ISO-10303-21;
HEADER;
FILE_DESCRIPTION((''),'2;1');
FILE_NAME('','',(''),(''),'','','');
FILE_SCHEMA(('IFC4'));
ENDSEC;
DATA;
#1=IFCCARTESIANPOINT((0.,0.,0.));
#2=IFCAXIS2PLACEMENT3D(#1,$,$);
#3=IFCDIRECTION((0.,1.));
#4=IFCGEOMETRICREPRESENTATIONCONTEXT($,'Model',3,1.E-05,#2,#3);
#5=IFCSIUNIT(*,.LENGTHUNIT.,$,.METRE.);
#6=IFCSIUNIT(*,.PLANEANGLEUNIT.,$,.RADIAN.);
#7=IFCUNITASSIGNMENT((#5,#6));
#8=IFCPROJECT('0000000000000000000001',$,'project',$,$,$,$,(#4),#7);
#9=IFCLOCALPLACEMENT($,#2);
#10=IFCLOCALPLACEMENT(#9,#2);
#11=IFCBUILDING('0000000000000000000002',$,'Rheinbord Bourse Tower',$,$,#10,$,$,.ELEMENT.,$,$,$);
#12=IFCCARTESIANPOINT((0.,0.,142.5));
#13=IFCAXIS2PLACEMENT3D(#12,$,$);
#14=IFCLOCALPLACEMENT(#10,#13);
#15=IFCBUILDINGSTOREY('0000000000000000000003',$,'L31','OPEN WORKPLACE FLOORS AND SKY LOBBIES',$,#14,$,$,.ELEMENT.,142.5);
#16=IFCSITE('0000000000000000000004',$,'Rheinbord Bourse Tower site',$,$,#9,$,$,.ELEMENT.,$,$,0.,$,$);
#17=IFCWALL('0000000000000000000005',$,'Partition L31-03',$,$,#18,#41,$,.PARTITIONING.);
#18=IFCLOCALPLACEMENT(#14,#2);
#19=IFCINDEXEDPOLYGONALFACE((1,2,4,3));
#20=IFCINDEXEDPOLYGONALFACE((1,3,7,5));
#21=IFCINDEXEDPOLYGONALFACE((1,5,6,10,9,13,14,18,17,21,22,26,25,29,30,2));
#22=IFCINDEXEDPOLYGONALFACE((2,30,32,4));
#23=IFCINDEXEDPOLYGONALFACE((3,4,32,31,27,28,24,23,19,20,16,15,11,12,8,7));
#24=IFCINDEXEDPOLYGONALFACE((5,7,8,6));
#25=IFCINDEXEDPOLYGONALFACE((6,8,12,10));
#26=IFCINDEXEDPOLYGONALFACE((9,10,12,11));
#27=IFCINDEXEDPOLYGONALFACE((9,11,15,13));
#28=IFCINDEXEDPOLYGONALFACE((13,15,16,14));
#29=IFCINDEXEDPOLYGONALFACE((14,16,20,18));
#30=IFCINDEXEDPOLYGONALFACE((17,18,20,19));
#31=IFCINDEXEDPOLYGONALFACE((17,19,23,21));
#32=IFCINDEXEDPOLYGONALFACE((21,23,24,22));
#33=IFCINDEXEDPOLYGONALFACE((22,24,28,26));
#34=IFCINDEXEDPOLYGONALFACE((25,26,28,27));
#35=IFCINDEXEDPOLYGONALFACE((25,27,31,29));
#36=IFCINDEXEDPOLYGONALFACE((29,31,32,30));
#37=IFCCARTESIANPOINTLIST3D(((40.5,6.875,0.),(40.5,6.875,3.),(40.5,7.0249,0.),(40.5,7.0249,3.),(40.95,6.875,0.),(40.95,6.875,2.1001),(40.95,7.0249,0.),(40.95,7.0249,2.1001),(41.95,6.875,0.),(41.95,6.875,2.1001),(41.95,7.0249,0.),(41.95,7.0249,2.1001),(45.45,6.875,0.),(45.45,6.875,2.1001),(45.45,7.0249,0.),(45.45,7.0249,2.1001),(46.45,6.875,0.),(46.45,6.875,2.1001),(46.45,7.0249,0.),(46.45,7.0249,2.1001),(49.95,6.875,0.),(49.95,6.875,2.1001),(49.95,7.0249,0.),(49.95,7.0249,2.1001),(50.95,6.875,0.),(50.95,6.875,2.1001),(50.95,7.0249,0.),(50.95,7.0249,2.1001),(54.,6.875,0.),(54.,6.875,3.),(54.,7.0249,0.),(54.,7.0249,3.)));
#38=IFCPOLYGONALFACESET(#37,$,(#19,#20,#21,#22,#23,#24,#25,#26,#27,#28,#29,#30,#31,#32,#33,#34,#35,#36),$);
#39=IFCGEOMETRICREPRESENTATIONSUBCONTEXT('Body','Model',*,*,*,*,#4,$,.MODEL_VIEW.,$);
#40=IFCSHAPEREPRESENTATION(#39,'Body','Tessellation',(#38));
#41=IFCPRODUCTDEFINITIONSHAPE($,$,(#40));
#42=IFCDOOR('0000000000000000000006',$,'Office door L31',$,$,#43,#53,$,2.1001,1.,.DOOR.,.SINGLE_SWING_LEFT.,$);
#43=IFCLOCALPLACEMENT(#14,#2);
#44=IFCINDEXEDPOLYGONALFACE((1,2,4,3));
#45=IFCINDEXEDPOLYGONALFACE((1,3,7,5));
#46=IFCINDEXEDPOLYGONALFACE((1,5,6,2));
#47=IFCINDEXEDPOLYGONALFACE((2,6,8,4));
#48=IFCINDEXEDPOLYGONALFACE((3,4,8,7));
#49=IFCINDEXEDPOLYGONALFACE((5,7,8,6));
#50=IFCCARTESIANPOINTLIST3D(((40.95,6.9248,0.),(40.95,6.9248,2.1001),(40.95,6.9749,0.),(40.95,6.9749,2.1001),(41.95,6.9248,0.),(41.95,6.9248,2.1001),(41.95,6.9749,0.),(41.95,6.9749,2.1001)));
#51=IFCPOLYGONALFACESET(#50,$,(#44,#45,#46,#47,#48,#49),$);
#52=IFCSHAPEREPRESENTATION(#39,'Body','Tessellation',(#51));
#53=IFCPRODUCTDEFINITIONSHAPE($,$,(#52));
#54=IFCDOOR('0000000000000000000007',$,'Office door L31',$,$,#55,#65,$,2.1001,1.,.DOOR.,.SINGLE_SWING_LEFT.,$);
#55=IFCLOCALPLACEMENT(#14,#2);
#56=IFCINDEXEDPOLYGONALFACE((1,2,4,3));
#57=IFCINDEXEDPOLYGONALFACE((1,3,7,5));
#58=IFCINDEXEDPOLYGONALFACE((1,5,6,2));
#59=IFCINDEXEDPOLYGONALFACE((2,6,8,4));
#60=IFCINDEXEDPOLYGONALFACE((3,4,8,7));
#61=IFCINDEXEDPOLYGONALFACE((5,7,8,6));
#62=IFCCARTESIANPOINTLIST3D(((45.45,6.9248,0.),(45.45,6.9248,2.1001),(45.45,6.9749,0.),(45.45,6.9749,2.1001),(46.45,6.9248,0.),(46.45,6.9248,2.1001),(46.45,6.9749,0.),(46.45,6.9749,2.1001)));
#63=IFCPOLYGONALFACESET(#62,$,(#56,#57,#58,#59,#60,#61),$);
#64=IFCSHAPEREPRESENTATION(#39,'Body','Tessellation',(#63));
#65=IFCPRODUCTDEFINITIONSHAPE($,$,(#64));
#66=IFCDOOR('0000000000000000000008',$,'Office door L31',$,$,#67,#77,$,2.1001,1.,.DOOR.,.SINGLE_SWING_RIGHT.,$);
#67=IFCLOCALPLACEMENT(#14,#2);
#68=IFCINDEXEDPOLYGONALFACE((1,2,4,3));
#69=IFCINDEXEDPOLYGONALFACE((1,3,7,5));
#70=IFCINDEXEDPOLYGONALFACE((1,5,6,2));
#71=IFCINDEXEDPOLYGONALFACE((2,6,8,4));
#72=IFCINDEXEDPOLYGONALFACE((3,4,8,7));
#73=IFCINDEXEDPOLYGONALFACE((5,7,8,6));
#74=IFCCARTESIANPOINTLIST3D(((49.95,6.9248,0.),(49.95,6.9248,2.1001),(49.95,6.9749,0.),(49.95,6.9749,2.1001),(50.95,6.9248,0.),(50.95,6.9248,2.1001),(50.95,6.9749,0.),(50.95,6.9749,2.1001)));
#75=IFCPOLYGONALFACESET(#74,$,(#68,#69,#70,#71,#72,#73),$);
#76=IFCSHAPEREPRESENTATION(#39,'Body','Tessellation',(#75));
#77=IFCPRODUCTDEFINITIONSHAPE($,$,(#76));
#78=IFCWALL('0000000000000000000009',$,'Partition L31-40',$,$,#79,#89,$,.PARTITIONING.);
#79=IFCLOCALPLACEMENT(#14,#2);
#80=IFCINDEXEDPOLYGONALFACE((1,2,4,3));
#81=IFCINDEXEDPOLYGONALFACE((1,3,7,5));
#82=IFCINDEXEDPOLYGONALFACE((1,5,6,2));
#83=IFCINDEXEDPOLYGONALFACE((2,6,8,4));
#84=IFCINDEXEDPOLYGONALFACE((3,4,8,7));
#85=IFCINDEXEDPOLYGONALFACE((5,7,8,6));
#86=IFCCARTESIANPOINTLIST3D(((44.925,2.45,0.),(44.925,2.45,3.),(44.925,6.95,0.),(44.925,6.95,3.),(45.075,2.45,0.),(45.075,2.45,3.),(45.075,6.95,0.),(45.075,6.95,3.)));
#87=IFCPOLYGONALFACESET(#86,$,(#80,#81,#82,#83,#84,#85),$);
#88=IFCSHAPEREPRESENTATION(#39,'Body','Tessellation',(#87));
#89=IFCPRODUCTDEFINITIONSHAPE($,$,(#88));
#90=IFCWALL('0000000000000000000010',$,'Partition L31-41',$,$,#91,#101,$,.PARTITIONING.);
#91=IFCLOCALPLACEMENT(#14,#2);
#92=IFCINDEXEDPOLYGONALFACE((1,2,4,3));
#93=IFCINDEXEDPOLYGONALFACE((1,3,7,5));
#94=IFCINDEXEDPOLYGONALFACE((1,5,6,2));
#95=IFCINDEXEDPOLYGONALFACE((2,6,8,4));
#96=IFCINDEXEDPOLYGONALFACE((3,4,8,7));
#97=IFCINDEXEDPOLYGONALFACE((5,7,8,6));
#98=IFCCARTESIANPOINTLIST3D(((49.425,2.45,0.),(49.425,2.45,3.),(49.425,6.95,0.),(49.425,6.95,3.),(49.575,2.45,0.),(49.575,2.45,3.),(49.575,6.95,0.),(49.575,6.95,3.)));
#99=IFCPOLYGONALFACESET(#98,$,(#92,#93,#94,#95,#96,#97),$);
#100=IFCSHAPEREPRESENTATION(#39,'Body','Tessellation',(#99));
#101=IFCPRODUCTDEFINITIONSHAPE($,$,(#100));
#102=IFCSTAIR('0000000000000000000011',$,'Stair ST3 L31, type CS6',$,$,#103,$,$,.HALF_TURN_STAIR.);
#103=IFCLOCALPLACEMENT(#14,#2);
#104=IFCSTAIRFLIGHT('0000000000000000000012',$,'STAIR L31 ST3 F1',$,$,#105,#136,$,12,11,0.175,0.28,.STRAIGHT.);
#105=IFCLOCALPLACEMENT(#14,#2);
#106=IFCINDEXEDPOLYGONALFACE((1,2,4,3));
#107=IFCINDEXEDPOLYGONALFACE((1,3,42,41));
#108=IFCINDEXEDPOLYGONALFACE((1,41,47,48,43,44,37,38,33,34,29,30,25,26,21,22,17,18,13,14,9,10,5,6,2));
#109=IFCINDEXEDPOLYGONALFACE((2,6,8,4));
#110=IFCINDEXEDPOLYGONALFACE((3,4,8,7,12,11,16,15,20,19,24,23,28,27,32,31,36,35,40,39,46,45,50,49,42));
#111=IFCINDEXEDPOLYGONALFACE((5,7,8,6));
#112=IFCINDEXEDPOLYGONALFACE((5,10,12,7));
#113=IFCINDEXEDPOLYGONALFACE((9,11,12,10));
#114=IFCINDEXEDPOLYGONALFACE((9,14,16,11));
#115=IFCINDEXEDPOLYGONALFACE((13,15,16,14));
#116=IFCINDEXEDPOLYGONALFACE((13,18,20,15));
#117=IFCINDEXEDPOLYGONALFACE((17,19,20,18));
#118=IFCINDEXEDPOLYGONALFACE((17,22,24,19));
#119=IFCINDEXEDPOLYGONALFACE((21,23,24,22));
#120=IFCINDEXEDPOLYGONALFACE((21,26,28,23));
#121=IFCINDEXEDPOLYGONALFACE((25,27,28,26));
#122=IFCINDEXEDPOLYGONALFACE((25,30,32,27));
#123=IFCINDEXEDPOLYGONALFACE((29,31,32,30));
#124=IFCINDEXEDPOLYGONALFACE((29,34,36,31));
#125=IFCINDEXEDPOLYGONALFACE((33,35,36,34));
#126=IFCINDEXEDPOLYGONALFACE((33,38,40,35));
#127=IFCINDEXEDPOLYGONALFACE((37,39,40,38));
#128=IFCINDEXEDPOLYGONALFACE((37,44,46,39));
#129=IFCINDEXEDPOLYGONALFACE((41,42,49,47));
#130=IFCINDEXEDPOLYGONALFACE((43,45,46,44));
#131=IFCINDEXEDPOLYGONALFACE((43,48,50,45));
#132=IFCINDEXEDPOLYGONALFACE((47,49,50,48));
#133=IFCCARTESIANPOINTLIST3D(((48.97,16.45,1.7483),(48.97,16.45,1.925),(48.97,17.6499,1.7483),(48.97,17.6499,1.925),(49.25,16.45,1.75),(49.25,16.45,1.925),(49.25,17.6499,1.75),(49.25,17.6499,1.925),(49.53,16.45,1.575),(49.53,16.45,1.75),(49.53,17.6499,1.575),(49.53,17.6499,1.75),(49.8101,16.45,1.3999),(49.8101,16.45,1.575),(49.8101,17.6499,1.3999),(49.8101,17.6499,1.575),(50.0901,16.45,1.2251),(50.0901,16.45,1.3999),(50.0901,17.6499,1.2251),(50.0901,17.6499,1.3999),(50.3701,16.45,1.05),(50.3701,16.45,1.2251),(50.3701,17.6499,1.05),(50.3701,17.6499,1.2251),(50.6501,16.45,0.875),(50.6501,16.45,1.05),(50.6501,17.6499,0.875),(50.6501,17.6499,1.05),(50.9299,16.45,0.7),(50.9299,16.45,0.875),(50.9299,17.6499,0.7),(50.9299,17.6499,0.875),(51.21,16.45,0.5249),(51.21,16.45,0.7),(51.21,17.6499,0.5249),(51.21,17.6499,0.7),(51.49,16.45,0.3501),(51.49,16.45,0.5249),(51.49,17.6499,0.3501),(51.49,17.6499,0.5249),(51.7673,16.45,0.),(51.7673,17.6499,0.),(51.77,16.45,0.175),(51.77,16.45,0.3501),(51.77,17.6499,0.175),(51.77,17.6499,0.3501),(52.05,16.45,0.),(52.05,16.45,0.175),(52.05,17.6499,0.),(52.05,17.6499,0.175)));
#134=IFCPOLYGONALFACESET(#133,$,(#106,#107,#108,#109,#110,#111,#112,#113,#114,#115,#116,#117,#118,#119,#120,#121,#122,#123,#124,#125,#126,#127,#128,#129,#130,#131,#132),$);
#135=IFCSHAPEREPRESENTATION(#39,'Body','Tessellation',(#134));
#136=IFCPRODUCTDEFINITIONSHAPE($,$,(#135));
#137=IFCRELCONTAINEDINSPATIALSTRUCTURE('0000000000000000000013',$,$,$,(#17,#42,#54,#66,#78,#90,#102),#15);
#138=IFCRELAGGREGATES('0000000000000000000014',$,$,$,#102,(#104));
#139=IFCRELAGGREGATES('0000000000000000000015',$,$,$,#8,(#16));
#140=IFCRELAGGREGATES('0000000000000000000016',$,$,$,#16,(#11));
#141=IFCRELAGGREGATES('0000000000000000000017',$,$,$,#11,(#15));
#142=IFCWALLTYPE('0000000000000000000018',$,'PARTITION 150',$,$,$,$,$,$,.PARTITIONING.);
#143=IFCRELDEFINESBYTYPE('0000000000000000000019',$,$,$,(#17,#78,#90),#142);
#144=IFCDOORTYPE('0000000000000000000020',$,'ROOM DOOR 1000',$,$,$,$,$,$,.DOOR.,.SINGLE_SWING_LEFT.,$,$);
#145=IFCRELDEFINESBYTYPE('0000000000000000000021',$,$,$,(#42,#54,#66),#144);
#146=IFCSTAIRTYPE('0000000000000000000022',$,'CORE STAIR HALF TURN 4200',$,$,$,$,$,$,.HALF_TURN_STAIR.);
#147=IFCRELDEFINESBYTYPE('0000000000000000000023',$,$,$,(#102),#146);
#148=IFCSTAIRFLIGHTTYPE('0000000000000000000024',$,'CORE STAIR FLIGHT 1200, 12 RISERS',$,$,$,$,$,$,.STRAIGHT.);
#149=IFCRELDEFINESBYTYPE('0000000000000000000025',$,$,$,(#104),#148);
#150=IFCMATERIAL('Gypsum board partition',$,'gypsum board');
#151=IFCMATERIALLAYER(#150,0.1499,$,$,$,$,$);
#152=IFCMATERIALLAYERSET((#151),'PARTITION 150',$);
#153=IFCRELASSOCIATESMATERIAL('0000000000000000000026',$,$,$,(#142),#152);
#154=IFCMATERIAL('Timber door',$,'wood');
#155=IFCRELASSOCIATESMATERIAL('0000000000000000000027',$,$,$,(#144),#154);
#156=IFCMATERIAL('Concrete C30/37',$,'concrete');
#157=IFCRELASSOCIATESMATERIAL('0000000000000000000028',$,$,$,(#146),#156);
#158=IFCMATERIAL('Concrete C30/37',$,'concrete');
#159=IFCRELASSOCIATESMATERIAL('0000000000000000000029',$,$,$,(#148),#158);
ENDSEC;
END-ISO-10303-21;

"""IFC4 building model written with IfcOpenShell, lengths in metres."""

from ifc_helpers import new_model, si_unit, direction, frame, frame_2d, origin, place, context, subcontext, project, spatial, polyline, rectangle, outline, extrude, material, layer, layer_set, type_object, element, fill, aggregate, save


model = new_model("IFC4")

# Units and contexts
model_context = context("Model", 3, precision=1e-05, world=origin(), true_north=direction((0.0, 1.0)))
body_context = subcontext(model_context, "Body", "Model", "MODEL_VIEW")
ifc_project = project(units=[si_unit("LENGTHUNIT", "METRE"), si_unit("PLANEANGLEUNIT", "RADIAN")], contexts=[model_context])

# Site, building, storey
site_placement = place(None, origin())
site = spatial("IfcSite", under=ifc_project, at=site_placement, Name="Rheinbord Bourse Tower site", CompositionType="ELEMENT", RefElevation=0.0)
building_placement = place(site_placement, origin())
building = spatial("IfcBuilding", under=site, at=building_placement, Name="Rheinbord Bourse Tower", CompositionType="ELEMENT")
storey_placement = place(building_placement, frame((0.0, 0.0, 142.5)))
storey = spatial("IfcBuildingStorey", under=building, at=storey_placement, Name="L31", Description="OPEN WORKPLACE FLOORS AND SKY LOBBIES", CompositionType="ELEMENT", Elevation=142.5)

# Wall, openings, doors
ifc_material_1 = material(Name="Gypsum board partition", Category="gypsum board")
ifc_layer_1 = layer(ifc_material_1, 0.1499)
ifc_layer_set_1 = layer_set([ifc_layer_1], Name="PARTITION 150")
wall_type_1 = type_object("IfcWallType", Name="PARTITION 150", PredefinedType="PARTITIONING", material=ifc_layer_set_1)
wall_1_placement = place(storey_placement, frame((40.5, 6.95, 0.0), z_axis=(0.0, 0.0, 1.0), x_axis=(1.0, 0.0, 0.0)))
wall_1 = element("IfcWall", 1, at=wall_1_placement, inside=storey, type_object=wall_type_1, Name="Partition L31-03", PredefinedType="PARTITIONING", context=body_context, shape_type="SweptSolid", body=[
    extrude(rectangle(XDim=13.5, YDim=0.1499, at=frame_2d((6.75, 0.0))), origin(), (0.0, 0.0, 1.0), 3.0),
])
opening_1_placement = place(wall_1_placement, frame((0.45, 0.0, 0.0)))
opening_1 = element("IfcOpeningElement", 2, at=opening_1_placement, cuts=wall_1, PredefinedType="OPENING", context=body_context, shape_type="SweptSolid", body=[
    extrude(rectangle(XDim=1.0, YDim=2.1001, at=frame_2d((0.5, 1.05))), frame((0.0, 0.085, 0.0), z_axis=(0.0, -1.0, 0.0), x_axis=(1.0, 0.0, 0.0)), (0.0, 0.0, 1.0), 0.1699),
])
opening_2_placement = place(wall_1_placement, frame((4.95, 0.0, 0.0)))
opening_2 = element("IfcOpeningElement", 3, at=opening_2_placement, cuts=wall_1, PredefinedType="OPENING", context=body_context, shape_type="SweptSolid", body=[
    extrude(rectangle(XDim=1.0, YDim=2.1001, at=frame_2d((0.5, 1.05))), frame((0.0, 0.085, 0.0), z_axis=(0.0, -1.0, 0.0), x_axis=(1.0, 0.0, 0.0)), (0.0, 0.0, 1.0), 0.1699),
])
opening_3_placement = place(wall_1_placement, frame((9.45, 0.0, 0.0)))
opening_3 = element("IfcOpeningElement", 4, at=opening_3_placement, cuts=wall_1, PredefinedType="OPENING", context=body_context, shape_type="SweptSolid", body=[
    extrude(rectangle(XDim=1.0, YDim=2.1001, at=frame_2d((0.5, 1.05))), frame((0.0, 0.085, 0.0), z_axis=(0.0, -1.0, 0.0), x_axis=(1.0, 0.0, 0.0)), (0.0, 0.0, 1.0), 0.1699),
])
ifc_material_2 = material(Name="Timber door", Category="wood")
door_type_1 = type_object("IfcDoorType", Name="ROOM DOOR 1000", OperationType="SINGLE_SWING_LEFT", PredefinedType="DOOR", material=ifc_material_2)
door_1_placement = place(opening_1_placement, origin())
door_1 = element("IfcDoor", 5, at=door_1_placement, inside=storey, type_object=door_type_1, Name="Office door L31", OperationType="SINGLE_SWING_LEFT", OverallHeight=2.1001, OverallWidth=1.0, PredefinedType="DOOR", context=body_context, shape_type="SweptSolid", body=[
    extrude(rectangle(XDim=1.0, YDim=2.1001, at=frame_2d((0.5, 1.05))), frame((0.0, 0.0249, 0.0), z_axis=(0.0, -1.0, 0.0), x_axis=(1.0, 0.0, 0.0)), (0.0, 0.0, 1.0), 0.05),
])
fill(opening_1, door_1)
door_2_placement = place(opening_2_placement, origin())
door_2 = element("IfcDoor", 6, at=door_2_placement, inside=storey, type_object=door_type_1, Name="Office door L31", OperationType="SINGLE_SWING_LEFT", OverallHeight=2.1001, OverallWidth=1.0, PredefinedType="DOOR", context=body_context, shape_type="SweptSolid", body=[
    extrude(rectangle(XDim=1.0, YDim=2.1001, at=frame_2d((0.5, 1.05))), frame((0.0, 0.0249, 0.0), z_axis=(0.0, -1.0, 0.0), x_axis=(1.0, 0.0, 0.0)), (0.0, 0.0, 1.0), 0.05),
])
fill(opening_2, door_2)
door_3_placement = place(opening_3_placement, origin())
door_3 = element("IfcDoor", 7, at=door_3_placement, inside=storey, type_object=door_type_1, Name="Office door L31", OperationType="SINGLE_SWING_RIGHT", OverallHeight=2.1001, OverallWidth=1.0, PredefinedType="DOOR", context=body_context, shape_type="SweptSolid", body=[
    extrude(rectangle(XDim=1.0, YDim=2.1001, at=frame_2d((0.5, 1.05))), frame((0.0, 0.0249, 0.0), z_axis=(0.0, -1.0, 0.0), x_axis=(1.0, 0.0, 0.0)), (0.0, 0.0, 1.0), 0.05),
])
fill(opening_3, door_3)

# Walls
for number, where, z_axis, x_axis, name in (
    (8, (45.0, 2.45, 0.0), (0.0, 0.0, 1.0), (0.0, 1.0, 0.0), "Partition L31-40"),
    (9, (49.5, 2.45, 0.0), (0.0, 0.0, 1.0), (0.0, 1.0, 0.0), "Partition L31-41"),
):
    element("IfcWall", number, at=place(storey_placement, frame(where, z_axis=z_axis, x_axis=x_axis)), inside=storey, type_object=wall_type_1, Name=name, PredefinedType="PARTITIONING", context=body_context, shape_type="SweptSolid", body=[
        extrude(rectangle(XDim=4.5, YDim=0.1499, at=frame_2d((2.25, 0.0))), origin(), (0.0, 0.0, 1.0), 3.0),
    ])

# Stair, stair flight
ifc_material_3 = material(Name="Concrete C30/37", Category="concrete")
stair_type = type_object("IfcStairType", Name="CORE STAIR HALF TURN 4200", PredefinedType="HALF_TURN_STAIR", material=ifc_material_3)
stair_placement = place(storey_placement, origin())
stair = element("IfcStair", 10, at=stair_placement, inside=storey, type_object=stair_type, Name="Stair ST3 L31, type CS6", PredefinedType="HALF_TURN_STAIR")
ifc_material_4 = material(Name="Concrete C30/37", Category="concrete")
stair_flight_type = type_object("IfcStairFlightType", Name="CORE STAIR FLIGHT 1200, 12 RISERS", PredefinedType="STRAIGHT", material=ifc_material_4)
stair_flight_placement = place(storey_placement, frame((52.05, 17.05, 0.0), z_axis=(0.0, 0.0, 1.0), x_axis=(-1.0, 0.0, 0.0)))
stair_flight = element("IfcStairFlight", 11, at=stair_flight_placement, type_object=stair_flight_type, Name="STAIR L31 ST3 F1", NumberOfRisers=12, NumberOfTreads=11, PredefinedType="STRAIGHT", RiserHeight=0.175, TreadLength=0.28, context=body_context, shape_type="SweptSolid", body=[
    extrude(outline(polyline([(0.0, 0.0), (0.0, 0.175), (0.28, 0.175), (0.28, 0.3501), (0.5601, 0.3501), (0.5601, 0.5249), (0.8401, 0.5249), (0.8401, 0.7), (1.1201, 0.7), (1.1201, 0.875), (1.3999, 0.875), (1.3999, 1.05), (1.6799, 1.05), (1.6799, 1.2251), (1.96, 1.2251), (1.96, 1.3999), (2.24, 1.3999), (2.24, 1.575), (2.52, 1.575), (2.52, 1.75), (2.8, 1.75), (2.8, 1.925), (3.0801, 1.925), (3.0801, 2.1001), (3.0801, 1.7483), (0.2827, 0.0), (0.0, 0.0)])), frame((0.0, 0.6001, 0.0), z_axis=(0.0, -1.0, 0.0), x_axis=(1.0, 0.0, 0.0)), (0.0, 0.0, 1.0), 1.2),
])
aggregate(stair, [stair_flight])

save(model, "model.ifc")
